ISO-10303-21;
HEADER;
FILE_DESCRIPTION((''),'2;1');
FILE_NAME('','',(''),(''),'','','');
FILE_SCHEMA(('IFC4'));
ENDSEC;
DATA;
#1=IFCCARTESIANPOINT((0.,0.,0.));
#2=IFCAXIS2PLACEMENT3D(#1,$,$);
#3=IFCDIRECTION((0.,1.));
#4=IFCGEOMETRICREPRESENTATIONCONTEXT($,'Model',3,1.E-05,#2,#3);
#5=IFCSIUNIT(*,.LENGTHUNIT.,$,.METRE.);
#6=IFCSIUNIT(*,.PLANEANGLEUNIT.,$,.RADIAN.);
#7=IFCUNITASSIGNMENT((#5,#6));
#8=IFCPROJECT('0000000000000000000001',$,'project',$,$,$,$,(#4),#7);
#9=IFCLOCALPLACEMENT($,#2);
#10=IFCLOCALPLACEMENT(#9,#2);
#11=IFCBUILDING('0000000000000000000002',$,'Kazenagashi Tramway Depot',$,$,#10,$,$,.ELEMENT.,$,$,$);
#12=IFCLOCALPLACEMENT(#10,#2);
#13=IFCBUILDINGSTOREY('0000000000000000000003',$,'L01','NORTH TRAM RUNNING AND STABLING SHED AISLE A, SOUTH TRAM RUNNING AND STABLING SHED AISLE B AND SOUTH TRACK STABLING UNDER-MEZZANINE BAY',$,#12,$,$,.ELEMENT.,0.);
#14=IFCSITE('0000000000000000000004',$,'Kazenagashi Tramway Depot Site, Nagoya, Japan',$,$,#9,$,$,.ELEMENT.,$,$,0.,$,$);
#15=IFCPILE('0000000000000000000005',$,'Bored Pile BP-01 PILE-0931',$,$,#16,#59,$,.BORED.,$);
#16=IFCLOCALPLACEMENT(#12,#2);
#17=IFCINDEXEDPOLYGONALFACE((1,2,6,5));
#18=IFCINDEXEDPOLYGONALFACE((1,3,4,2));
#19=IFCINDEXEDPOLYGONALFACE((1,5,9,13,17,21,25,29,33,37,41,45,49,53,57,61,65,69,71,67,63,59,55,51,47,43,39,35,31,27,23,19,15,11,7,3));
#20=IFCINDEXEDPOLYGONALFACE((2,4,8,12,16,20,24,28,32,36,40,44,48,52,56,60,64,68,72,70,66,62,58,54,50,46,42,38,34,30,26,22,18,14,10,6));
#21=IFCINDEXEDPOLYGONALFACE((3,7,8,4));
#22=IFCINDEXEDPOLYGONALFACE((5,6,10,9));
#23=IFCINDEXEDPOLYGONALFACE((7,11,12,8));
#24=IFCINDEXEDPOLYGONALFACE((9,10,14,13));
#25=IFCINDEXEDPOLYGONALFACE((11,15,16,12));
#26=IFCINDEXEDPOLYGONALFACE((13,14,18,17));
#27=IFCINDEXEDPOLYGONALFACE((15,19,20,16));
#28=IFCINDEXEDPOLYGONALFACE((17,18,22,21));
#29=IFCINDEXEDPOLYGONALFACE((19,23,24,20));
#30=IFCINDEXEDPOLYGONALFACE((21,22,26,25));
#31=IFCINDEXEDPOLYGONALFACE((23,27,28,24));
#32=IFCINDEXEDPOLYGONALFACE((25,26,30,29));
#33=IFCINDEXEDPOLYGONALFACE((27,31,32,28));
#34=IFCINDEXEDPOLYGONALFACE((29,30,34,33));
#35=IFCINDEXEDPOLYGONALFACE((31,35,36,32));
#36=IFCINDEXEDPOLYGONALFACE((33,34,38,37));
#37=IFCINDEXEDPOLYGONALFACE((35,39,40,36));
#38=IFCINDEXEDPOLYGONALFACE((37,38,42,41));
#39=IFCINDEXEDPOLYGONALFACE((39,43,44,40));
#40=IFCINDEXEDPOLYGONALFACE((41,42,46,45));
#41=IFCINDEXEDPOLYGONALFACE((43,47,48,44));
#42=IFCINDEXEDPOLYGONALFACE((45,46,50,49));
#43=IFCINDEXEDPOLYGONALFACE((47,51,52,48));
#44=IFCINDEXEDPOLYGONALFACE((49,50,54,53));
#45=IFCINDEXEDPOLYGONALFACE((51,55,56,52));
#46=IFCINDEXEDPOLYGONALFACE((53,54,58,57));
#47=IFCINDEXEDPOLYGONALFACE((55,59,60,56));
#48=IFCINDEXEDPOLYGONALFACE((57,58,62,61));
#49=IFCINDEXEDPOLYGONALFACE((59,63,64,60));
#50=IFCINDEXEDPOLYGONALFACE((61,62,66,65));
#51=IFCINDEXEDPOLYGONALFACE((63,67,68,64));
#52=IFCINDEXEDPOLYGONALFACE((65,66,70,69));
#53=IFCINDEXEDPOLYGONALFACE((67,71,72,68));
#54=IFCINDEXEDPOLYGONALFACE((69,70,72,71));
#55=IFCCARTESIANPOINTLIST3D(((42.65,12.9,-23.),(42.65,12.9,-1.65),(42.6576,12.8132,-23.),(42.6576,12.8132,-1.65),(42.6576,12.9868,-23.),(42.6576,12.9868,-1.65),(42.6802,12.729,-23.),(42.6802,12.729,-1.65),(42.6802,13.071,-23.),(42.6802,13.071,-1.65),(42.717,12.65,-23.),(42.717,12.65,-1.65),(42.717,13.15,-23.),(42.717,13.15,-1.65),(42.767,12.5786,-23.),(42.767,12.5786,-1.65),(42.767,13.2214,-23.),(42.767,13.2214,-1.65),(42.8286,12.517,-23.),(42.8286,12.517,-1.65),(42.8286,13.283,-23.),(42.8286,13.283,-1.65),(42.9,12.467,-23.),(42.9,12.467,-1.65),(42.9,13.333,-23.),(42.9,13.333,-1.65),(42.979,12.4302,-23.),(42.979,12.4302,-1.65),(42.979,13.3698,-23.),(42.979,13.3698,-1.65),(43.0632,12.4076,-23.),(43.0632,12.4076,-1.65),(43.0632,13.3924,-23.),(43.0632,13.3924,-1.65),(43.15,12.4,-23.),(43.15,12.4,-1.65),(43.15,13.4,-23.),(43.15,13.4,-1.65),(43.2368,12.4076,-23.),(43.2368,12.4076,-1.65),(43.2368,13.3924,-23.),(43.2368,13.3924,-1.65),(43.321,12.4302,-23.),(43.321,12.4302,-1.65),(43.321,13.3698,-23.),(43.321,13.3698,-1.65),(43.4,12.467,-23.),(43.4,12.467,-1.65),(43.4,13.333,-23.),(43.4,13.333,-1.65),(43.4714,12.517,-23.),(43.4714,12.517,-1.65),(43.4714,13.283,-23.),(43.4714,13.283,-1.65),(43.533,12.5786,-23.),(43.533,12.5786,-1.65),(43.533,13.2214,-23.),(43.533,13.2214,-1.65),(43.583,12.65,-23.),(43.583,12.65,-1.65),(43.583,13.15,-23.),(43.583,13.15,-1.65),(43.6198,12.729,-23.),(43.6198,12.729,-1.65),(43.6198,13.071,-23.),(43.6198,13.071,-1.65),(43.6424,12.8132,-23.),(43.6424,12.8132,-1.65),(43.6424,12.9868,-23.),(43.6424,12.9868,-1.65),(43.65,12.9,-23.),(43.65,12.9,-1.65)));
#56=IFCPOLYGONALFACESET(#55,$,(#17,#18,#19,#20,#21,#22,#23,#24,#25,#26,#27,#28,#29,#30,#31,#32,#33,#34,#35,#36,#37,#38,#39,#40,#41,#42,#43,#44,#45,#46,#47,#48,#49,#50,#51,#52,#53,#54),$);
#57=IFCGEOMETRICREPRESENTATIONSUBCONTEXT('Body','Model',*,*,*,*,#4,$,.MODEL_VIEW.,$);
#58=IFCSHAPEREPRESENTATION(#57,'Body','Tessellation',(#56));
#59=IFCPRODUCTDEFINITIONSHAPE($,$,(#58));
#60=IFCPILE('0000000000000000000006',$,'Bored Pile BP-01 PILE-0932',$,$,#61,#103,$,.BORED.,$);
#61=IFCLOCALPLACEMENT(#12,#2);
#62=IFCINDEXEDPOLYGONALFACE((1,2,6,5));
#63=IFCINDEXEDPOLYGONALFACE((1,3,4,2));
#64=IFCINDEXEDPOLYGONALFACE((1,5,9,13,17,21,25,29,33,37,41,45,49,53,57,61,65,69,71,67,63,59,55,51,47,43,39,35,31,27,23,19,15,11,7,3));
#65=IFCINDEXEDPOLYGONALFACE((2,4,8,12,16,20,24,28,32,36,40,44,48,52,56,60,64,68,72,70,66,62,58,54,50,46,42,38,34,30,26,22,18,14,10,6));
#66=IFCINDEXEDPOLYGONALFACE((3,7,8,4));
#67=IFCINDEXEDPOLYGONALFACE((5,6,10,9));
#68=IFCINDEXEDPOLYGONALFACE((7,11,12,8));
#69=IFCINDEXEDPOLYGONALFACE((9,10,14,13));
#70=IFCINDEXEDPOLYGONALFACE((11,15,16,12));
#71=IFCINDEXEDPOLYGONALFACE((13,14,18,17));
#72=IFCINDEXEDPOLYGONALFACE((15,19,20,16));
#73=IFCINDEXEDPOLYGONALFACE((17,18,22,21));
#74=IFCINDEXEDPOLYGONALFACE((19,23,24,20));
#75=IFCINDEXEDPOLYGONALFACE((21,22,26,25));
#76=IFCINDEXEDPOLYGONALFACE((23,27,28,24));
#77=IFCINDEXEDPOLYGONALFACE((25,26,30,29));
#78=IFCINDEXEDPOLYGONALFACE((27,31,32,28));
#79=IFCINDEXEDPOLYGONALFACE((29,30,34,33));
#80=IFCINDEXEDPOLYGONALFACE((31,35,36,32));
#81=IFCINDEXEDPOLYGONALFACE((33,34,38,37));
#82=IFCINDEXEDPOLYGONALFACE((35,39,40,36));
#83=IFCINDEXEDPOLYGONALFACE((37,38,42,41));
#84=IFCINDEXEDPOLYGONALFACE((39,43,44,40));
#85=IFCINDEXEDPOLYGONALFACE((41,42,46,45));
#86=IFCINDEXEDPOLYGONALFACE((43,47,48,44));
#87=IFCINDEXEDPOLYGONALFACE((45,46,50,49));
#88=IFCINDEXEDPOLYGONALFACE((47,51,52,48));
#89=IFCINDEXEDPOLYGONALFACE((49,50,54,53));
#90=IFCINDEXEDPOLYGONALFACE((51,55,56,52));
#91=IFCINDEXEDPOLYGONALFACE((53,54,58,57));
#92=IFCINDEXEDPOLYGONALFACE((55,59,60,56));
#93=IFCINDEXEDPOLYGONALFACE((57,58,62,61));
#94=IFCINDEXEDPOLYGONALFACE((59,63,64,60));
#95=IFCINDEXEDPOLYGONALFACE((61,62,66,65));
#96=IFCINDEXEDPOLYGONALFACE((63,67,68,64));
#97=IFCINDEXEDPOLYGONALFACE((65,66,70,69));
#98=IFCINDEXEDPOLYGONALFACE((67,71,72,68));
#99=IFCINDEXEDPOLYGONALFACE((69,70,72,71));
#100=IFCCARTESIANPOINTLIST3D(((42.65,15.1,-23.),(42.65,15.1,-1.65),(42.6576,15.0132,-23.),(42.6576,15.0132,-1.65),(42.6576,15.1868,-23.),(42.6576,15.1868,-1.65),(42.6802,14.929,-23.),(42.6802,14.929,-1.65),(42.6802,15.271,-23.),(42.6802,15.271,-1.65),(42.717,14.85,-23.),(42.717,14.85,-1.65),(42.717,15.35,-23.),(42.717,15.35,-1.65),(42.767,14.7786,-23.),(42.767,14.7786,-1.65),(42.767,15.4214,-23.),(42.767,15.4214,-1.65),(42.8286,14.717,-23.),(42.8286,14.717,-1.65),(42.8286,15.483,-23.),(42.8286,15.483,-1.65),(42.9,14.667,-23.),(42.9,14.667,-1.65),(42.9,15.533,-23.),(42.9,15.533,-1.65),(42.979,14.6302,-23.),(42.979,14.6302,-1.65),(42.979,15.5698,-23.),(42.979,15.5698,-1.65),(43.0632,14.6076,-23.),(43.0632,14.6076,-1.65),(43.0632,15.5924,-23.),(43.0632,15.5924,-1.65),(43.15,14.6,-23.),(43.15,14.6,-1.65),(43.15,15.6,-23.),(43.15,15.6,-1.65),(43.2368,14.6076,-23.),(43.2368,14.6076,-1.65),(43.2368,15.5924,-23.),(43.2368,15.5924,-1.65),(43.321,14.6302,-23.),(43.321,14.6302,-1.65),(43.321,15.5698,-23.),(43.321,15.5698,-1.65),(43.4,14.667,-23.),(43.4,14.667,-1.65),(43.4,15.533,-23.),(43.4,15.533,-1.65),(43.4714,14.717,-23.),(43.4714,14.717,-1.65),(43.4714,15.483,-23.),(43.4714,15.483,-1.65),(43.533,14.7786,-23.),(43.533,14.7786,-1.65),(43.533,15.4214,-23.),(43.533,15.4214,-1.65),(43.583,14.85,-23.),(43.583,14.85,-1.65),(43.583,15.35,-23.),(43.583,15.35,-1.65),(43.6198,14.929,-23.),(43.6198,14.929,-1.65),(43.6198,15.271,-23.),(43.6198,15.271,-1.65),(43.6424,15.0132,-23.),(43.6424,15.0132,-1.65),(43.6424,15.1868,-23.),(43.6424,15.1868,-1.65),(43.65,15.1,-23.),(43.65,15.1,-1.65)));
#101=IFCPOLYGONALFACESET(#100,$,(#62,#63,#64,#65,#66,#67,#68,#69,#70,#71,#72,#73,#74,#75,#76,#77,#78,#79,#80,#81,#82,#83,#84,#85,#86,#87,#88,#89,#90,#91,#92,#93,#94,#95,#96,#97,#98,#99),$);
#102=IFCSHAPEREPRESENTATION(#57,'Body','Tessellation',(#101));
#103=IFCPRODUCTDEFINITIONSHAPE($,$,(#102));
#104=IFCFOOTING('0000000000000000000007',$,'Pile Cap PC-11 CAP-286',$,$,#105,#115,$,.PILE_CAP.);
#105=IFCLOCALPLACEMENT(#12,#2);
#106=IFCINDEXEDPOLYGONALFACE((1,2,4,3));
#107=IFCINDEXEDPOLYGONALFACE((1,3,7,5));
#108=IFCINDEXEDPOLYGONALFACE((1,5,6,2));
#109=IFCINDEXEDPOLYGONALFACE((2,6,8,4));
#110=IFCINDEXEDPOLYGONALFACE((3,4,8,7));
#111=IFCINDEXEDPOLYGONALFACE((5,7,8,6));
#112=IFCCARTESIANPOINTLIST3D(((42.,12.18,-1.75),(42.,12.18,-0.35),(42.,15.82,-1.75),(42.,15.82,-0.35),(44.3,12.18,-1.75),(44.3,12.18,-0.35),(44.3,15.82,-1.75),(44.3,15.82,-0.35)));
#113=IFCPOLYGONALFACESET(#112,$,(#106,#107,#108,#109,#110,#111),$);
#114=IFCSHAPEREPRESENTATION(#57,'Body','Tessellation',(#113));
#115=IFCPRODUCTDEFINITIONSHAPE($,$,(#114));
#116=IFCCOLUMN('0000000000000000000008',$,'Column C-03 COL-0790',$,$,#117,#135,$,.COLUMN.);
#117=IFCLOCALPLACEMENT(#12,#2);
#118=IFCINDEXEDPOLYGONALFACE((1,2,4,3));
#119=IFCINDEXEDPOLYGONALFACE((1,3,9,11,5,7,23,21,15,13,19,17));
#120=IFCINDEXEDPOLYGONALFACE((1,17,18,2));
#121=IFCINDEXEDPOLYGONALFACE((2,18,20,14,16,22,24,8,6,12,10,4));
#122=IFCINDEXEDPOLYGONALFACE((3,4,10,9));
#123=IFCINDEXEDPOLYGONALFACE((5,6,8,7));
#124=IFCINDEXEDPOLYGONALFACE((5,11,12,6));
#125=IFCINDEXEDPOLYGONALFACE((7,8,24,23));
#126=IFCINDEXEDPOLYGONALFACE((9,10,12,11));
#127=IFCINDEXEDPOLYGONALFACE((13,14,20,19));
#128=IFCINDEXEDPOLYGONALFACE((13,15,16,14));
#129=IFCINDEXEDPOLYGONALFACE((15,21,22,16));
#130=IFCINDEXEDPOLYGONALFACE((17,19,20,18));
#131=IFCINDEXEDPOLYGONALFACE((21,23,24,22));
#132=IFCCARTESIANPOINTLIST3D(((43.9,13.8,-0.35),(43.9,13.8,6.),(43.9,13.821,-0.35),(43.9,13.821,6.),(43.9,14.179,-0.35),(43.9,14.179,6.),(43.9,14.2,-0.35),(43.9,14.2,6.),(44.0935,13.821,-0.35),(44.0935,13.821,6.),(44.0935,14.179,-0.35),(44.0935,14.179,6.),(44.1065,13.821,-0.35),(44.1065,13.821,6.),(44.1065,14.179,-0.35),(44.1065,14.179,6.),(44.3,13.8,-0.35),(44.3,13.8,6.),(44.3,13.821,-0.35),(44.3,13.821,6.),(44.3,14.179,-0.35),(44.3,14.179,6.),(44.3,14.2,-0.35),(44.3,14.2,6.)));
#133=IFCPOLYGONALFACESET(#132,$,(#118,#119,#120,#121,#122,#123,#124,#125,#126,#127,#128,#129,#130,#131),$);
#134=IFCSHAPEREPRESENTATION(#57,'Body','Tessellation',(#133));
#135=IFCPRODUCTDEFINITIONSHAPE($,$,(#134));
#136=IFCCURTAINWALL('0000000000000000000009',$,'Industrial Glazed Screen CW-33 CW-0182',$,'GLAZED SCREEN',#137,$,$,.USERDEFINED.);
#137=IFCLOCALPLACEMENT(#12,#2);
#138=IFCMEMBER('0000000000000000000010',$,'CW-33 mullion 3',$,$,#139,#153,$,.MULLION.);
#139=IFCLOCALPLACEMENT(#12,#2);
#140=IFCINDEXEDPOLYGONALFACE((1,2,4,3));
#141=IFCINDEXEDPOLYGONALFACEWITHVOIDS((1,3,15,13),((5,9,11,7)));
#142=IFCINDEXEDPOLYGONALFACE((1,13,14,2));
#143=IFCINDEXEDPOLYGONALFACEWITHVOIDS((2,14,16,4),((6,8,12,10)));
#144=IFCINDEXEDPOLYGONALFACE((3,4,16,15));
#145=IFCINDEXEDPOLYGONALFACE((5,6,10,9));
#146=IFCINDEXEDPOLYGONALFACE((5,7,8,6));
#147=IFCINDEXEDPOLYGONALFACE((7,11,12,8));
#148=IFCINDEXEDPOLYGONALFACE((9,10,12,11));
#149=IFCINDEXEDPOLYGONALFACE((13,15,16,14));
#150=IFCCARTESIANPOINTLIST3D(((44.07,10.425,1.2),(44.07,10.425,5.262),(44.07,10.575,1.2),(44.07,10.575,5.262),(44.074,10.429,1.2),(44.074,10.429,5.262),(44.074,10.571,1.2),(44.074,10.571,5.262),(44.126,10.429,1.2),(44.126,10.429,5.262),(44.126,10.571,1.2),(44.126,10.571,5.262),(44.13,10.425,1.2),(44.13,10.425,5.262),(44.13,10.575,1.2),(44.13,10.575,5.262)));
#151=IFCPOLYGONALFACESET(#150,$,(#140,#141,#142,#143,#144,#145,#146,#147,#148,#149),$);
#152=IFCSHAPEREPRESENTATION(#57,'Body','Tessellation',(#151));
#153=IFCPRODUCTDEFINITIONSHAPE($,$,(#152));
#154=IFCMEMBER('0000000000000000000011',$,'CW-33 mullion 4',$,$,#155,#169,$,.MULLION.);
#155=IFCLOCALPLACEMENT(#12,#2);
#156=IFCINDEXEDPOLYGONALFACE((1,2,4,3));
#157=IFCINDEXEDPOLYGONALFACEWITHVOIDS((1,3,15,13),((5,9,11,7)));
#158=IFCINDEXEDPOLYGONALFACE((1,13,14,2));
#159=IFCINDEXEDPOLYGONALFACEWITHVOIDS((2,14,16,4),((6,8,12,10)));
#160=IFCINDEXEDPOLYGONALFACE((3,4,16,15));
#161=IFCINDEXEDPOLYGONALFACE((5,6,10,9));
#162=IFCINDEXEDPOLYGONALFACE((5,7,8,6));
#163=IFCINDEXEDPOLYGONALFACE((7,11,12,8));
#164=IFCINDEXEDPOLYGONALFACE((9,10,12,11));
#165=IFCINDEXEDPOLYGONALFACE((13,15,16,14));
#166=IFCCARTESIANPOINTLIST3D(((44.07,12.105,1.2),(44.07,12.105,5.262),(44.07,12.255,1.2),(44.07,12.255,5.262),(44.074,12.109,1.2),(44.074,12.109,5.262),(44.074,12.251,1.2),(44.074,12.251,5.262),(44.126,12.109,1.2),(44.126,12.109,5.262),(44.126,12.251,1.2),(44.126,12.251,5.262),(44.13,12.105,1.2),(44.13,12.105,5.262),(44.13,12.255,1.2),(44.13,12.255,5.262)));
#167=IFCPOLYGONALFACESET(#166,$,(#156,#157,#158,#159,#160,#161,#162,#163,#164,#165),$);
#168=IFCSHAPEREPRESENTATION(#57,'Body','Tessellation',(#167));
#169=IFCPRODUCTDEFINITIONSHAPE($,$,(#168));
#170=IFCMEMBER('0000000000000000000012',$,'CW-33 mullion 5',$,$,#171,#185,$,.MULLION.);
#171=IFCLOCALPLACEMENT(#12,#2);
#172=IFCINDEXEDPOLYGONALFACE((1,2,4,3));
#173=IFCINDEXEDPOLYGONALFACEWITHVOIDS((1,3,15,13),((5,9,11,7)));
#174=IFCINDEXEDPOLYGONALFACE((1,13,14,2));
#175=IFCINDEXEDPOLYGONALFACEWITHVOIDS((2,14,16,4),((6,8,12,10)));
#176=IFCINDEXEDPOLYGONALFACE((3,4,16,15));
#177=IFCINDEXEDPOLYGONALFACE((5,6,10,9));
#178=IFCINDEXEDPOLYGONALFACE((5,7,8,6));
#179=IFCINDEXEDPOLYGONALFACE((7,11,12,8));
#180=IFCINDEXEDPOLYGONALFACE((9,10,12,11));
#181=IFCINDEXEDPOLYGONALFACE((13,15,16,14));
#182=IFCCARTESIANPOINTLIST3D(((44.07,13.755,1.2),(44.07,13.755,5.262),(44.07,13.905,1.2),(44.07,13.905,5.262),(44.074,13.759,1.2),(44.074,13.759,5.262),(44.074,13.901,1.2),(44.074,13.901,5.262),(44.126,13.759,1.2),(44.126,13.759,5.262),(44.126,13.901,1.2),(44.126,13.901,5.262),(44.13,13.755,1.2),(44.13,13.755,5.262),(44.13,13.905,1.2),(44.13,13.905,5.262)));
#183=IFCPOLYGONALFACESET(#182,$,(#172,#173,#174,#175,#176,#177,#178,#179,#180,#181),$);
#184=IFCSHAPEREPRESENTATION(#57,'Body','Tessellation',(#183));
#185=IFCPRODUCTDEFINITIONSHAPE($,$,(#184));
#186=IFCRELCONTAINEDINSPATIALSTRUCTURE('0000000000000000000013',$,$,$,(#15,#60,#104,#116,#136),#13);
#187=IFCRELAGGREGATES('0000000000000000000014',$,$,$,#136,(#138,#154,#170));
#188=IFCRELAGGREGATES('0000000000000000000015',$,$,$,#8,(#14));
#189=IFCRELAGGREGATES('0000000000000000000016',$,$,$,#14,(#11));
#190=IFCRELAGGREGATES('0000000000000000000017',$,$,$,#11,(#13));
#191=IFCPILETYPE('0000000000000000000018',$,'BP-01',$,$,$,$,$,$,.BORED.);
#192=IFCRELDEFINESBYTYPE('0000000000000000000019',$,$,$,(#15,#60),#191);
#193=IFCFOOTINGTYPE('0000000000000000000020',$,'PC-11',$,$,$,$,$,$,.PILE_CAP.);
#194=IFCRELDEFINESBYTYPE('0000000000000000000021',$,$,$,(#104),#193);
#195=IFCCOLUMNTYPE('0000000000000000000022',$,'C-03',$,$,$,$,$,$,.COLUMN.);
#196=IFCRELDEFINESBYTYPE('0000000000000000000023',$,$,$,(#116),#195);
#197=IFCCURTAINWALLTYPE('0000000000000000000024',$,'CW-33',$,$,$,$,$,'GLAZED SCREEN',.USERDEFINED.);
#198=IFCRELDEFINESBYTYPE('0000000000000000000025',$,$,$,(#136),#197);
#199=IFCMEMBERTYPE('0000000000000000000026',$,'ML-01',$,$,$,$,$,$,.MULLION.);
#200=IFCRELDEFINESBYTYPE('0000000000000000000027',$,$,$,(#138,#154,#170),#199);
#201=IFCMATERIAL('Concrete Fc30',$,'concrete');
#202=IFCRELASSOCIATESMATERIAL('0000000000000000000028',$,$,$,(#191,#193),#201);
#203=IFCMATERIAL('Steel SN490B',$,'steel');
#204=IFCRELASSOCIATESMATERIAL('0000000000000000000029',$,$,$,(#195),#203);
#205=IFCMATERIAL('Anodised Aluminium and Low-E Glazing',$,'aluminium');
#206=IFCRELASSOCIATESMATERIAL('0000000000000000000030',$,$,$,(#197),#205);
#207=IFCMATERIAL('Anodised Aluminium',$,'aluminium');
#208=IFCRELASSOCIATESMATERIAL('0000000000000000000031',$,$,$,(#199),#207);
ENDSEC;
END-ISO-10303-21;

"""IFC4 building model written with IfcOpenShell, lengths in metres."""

from ifc_helpers import new_model, si_unit, direction, frame, origin, origin_2d, place, context, subcontext, project, spatial, rectangle, hollow_rectangle, circle, i_section, extrude, material, material_profile, profile_set, type_object, element, aggregate, save


model = new_model("IFC4")

# Units and contexts
model_context = context("Model", 3, precision=1e-05, world=origin(), true_north=direction((0.0, 1.0)))
body_context = subcontext(model_context, "Body", "Model", "MODEL_VIEW")
ifc_project = project(units=[si_unit("LENGTHUNIT", "METRE"), si_unit("PLANEANGLEUNIT", "RADIAN")], contexts=[model_context])

# Site, building, storey
site_placement = place(None, origin())
site = spatial("IfcSite", under=ifc_project, at=site_placement, Name="Kazenagashi Tramway Depot Site, Nagoya, Japan", CompositionType="ELEMENT", RefElevation=0.0)
building_placement = place(site_placement, origin())
building = spatial("IfcBuilding", under=site, at=building_placement, Name="Kazenagashi Tramway Depot", CompositionType="ELEMENT")
storey_placement = place(building_placement, origin())
storey = spatial("IfcBuildingStorey", under=building, at=storey_placement, Name="L01", Description="NORTH TRAM RUNNING AND STABLING SHED AISLE A, SOUTH TRAM RUNNING AND STABLING SHED AISLE B AND SOUTH TRACK STABLING UNDER-MEZZANINE BAY", CompositionType="ELEMENT", Elevation=0.0)

# Piles
ifc_material_1 = material(Name="Concrete Fc30", Category="concrete")
ifc_material_profile_1 = material_profile(ifc_material_1, circle(Radius=0.5, at=origin_2d()), Name="PILE-1000")
ifc_profile_set_1 = profile_set([ifc_material_profile_1], Name="Concrete Fc30")
pile_type = type_object("IfcPileType", Name="BP-01", PredefinedType="BORED", material=ifc_profile_set_1)
for number, where, z_axis, x_axis, name in (
    (1, (43.15, 12.9, -1.65), (0.0, 0.0, -1.0), (1.0, 0.0, 0.0), "Bored Pile BP-01 PILE-0931"),
    (2, (43.15, 15.1, -1.65), (0.0, 0.0, -1.0), (1.0, 0.0, 0.0), "Bored Pile BP-01 PILE-0932"),
):
    element("IfcPile", number, at=place(storey_placement, frame(where, z_axis=z_axis, x_axis=x_axis)), inside=storey, type_object=pile_type, Name=name, PredefinedType="BORED", context=body_context, shape_type="SweptSolid", body=[
        extrude(circle(Radius=0.5, at=origin_2d()), origin(), (0.0, 0.0, 1.0), 21.35),
    ])

# Footing
footing_type = type_object("IfcFootingType", Name="PC-11", PredefinedType="PILE_CAP", material=ifc_material_1)
footing_placement = place(storey_placement, frame((43.15, 14.0, -1.75), z_axis=(0.0, 0.0, 1.0), x_axis=(1.0, 0.0, 0.0)))
element("IfcFooting", 3, at=footing_placement, inside=storey, type_object=footing_type, Name="Pile Cap PC-11 CAP-286", PredefinedType="PILE_CAP", context=body_context, shape_type="SweptSolid", body=[
    extrude(rectangle(XDim=2.3, YDim=3.64, at=origin_2d()), origin(), (0.0, 0.0, 1.0), 1.4),
])

# Column
ifc_material_2 = material(Name="Steel SN490B", Category="steel")
ifc_material_profile_2 = material_profile(ifc_material_2, i_section(OverallWidth=0.4, OverallDepth=0.4, WebThickness=0.013, FlangeThickness=0.021, at=origin_2d()), Name="H-400x400x13x21")
ifc_profile_set_2 = profile_set([ifc_material_profile_2], Name="Steel SN490B")
column_type = type_object("IfcColumnType", Name="C-03", PredefinedType="COLUMN", material=ifc_profile_set_2)
column_placement = place(storey_placement, frame((44.1, 14.0, -0.35), z_axis=(0.0, 0.0, 1.0), x_axis=(1.0, 0.0, 0.0)))
element("IfcColumn", 4, at=column_placement, inside=storey, type_object=column_type, Name="Column C-03 COL-0790", PredefinedType="COLUMN", context=body_context, shape_type="SweptSolid", body=[
    extrude(i_section(OverallWidth=0.4, OverallDepth=0.4, WebThickness=0.013, FlangeThickness=0.021, at=origin_2d()), origin(), (0.0, 0.0, 1.0), 6.35),
])

# Curtain wall, members
ifc_material_3 = material(Name="Anodised Aluminium and Low-E Glazing", Category="aluminium")
curtain_wall_type = type_object("IfcCurtainWallType", Name="CW-33", ElementType="GLAZED SCREEN", PredefinedType="USERDEFINED", material=ifc_material_3)
curtain_wall_1_placement = place(storey_placement, origin())
curtain_wall_1 = element("IfcCurtainWall", 5, at=curtain_wall_1_placement, inside=storey, type_object=curtain_wall_type, Name="Industrial Glazed Screen CW-33 CW-0182", ObjectType="GLAZED SCREEN", PredefinedType="USERDEFINED")
ifc_material_4 = material(Name="Anodised Aluminium", Category="aluminium")
ifc_material_profile_3 = material_profile(ifc_material_4, hollow_rectangle(XDim=0.06, YDim=0.15, WallThickness=0.004, at=origin_2d()), Name="RHS-150x60x4")
ifc_profile_set_3 = profile_set([ifc_material_profile_3], Name="Anodised Aluminium")
member_type_1 = type_object("IfcMemberType", Name="ML-01", PredefinedType="MULLION", material=ifc_profile_set_3)
member_1_placement = place(storey_placement, frame((44.1, 10.5, 1.2), z_axis=(0.0, 0.0, 1.0), x_axis=(-1.0, 0.0, 0.0)))
member_1 = element("IfcMember", 6, at=member_1_placement, type_object=member_type_1, Name="CW-33 mullion 3", PredefinedType="MULLION", context=body_context, shape_type="SweptSolid", body=[
    extrude(hollow_rectangle(XDim=0.06, YDim=0.15, WallThickness=0.004, at=origin_2d()), origin(), (0.0, 0.0, 1.0), 4.062),
])
member_2_placement = place(storey_placement, frame((44.1, 12.18, 1.2), z_axis=(0.0, 0.0, 1.0), x_axis=(-1.0, 0.0, 0.0)))
member_2 = element("IfcMember", 7, at=member_2_placement, type_object=member_type_1, Name="CW-33 mullion 4", PredefinedType="MULLION", context=body_context, shape_type="SweptSolid", body=[
    extrude(hollow_rectangle(XDim=0.06, YDim=0.15, WallThickness=0.004, at=origin_2d()), origin(), (0.0, 0.0, 1.0), 4.062),
])
member_3_placement = place(storey_placement, frame((44.1, 13.83, 1.2), z_axis=(0.0, 0.0, 1.0), x_axis=(-1.0, 0.0, 0.0)))
member_3 = element("IfcMember", 8, at=member_3_placement, type_object=member_type_1, Name="CW-33 mullion 5", PredefinedType="MULLION", context=body_context, shape_type="SweptSolid", body=[
    extrude(hollow_rectangle(XDim=0.06, YDim=0.15, WallThickness=0.004, at=origin_2d()), origin(), (0.0, 0.0, 1.0), 4.062),
])

aggregate(curtain_wall_1, [member_1, member_2, member_3])

save(model, "model.ifc")
